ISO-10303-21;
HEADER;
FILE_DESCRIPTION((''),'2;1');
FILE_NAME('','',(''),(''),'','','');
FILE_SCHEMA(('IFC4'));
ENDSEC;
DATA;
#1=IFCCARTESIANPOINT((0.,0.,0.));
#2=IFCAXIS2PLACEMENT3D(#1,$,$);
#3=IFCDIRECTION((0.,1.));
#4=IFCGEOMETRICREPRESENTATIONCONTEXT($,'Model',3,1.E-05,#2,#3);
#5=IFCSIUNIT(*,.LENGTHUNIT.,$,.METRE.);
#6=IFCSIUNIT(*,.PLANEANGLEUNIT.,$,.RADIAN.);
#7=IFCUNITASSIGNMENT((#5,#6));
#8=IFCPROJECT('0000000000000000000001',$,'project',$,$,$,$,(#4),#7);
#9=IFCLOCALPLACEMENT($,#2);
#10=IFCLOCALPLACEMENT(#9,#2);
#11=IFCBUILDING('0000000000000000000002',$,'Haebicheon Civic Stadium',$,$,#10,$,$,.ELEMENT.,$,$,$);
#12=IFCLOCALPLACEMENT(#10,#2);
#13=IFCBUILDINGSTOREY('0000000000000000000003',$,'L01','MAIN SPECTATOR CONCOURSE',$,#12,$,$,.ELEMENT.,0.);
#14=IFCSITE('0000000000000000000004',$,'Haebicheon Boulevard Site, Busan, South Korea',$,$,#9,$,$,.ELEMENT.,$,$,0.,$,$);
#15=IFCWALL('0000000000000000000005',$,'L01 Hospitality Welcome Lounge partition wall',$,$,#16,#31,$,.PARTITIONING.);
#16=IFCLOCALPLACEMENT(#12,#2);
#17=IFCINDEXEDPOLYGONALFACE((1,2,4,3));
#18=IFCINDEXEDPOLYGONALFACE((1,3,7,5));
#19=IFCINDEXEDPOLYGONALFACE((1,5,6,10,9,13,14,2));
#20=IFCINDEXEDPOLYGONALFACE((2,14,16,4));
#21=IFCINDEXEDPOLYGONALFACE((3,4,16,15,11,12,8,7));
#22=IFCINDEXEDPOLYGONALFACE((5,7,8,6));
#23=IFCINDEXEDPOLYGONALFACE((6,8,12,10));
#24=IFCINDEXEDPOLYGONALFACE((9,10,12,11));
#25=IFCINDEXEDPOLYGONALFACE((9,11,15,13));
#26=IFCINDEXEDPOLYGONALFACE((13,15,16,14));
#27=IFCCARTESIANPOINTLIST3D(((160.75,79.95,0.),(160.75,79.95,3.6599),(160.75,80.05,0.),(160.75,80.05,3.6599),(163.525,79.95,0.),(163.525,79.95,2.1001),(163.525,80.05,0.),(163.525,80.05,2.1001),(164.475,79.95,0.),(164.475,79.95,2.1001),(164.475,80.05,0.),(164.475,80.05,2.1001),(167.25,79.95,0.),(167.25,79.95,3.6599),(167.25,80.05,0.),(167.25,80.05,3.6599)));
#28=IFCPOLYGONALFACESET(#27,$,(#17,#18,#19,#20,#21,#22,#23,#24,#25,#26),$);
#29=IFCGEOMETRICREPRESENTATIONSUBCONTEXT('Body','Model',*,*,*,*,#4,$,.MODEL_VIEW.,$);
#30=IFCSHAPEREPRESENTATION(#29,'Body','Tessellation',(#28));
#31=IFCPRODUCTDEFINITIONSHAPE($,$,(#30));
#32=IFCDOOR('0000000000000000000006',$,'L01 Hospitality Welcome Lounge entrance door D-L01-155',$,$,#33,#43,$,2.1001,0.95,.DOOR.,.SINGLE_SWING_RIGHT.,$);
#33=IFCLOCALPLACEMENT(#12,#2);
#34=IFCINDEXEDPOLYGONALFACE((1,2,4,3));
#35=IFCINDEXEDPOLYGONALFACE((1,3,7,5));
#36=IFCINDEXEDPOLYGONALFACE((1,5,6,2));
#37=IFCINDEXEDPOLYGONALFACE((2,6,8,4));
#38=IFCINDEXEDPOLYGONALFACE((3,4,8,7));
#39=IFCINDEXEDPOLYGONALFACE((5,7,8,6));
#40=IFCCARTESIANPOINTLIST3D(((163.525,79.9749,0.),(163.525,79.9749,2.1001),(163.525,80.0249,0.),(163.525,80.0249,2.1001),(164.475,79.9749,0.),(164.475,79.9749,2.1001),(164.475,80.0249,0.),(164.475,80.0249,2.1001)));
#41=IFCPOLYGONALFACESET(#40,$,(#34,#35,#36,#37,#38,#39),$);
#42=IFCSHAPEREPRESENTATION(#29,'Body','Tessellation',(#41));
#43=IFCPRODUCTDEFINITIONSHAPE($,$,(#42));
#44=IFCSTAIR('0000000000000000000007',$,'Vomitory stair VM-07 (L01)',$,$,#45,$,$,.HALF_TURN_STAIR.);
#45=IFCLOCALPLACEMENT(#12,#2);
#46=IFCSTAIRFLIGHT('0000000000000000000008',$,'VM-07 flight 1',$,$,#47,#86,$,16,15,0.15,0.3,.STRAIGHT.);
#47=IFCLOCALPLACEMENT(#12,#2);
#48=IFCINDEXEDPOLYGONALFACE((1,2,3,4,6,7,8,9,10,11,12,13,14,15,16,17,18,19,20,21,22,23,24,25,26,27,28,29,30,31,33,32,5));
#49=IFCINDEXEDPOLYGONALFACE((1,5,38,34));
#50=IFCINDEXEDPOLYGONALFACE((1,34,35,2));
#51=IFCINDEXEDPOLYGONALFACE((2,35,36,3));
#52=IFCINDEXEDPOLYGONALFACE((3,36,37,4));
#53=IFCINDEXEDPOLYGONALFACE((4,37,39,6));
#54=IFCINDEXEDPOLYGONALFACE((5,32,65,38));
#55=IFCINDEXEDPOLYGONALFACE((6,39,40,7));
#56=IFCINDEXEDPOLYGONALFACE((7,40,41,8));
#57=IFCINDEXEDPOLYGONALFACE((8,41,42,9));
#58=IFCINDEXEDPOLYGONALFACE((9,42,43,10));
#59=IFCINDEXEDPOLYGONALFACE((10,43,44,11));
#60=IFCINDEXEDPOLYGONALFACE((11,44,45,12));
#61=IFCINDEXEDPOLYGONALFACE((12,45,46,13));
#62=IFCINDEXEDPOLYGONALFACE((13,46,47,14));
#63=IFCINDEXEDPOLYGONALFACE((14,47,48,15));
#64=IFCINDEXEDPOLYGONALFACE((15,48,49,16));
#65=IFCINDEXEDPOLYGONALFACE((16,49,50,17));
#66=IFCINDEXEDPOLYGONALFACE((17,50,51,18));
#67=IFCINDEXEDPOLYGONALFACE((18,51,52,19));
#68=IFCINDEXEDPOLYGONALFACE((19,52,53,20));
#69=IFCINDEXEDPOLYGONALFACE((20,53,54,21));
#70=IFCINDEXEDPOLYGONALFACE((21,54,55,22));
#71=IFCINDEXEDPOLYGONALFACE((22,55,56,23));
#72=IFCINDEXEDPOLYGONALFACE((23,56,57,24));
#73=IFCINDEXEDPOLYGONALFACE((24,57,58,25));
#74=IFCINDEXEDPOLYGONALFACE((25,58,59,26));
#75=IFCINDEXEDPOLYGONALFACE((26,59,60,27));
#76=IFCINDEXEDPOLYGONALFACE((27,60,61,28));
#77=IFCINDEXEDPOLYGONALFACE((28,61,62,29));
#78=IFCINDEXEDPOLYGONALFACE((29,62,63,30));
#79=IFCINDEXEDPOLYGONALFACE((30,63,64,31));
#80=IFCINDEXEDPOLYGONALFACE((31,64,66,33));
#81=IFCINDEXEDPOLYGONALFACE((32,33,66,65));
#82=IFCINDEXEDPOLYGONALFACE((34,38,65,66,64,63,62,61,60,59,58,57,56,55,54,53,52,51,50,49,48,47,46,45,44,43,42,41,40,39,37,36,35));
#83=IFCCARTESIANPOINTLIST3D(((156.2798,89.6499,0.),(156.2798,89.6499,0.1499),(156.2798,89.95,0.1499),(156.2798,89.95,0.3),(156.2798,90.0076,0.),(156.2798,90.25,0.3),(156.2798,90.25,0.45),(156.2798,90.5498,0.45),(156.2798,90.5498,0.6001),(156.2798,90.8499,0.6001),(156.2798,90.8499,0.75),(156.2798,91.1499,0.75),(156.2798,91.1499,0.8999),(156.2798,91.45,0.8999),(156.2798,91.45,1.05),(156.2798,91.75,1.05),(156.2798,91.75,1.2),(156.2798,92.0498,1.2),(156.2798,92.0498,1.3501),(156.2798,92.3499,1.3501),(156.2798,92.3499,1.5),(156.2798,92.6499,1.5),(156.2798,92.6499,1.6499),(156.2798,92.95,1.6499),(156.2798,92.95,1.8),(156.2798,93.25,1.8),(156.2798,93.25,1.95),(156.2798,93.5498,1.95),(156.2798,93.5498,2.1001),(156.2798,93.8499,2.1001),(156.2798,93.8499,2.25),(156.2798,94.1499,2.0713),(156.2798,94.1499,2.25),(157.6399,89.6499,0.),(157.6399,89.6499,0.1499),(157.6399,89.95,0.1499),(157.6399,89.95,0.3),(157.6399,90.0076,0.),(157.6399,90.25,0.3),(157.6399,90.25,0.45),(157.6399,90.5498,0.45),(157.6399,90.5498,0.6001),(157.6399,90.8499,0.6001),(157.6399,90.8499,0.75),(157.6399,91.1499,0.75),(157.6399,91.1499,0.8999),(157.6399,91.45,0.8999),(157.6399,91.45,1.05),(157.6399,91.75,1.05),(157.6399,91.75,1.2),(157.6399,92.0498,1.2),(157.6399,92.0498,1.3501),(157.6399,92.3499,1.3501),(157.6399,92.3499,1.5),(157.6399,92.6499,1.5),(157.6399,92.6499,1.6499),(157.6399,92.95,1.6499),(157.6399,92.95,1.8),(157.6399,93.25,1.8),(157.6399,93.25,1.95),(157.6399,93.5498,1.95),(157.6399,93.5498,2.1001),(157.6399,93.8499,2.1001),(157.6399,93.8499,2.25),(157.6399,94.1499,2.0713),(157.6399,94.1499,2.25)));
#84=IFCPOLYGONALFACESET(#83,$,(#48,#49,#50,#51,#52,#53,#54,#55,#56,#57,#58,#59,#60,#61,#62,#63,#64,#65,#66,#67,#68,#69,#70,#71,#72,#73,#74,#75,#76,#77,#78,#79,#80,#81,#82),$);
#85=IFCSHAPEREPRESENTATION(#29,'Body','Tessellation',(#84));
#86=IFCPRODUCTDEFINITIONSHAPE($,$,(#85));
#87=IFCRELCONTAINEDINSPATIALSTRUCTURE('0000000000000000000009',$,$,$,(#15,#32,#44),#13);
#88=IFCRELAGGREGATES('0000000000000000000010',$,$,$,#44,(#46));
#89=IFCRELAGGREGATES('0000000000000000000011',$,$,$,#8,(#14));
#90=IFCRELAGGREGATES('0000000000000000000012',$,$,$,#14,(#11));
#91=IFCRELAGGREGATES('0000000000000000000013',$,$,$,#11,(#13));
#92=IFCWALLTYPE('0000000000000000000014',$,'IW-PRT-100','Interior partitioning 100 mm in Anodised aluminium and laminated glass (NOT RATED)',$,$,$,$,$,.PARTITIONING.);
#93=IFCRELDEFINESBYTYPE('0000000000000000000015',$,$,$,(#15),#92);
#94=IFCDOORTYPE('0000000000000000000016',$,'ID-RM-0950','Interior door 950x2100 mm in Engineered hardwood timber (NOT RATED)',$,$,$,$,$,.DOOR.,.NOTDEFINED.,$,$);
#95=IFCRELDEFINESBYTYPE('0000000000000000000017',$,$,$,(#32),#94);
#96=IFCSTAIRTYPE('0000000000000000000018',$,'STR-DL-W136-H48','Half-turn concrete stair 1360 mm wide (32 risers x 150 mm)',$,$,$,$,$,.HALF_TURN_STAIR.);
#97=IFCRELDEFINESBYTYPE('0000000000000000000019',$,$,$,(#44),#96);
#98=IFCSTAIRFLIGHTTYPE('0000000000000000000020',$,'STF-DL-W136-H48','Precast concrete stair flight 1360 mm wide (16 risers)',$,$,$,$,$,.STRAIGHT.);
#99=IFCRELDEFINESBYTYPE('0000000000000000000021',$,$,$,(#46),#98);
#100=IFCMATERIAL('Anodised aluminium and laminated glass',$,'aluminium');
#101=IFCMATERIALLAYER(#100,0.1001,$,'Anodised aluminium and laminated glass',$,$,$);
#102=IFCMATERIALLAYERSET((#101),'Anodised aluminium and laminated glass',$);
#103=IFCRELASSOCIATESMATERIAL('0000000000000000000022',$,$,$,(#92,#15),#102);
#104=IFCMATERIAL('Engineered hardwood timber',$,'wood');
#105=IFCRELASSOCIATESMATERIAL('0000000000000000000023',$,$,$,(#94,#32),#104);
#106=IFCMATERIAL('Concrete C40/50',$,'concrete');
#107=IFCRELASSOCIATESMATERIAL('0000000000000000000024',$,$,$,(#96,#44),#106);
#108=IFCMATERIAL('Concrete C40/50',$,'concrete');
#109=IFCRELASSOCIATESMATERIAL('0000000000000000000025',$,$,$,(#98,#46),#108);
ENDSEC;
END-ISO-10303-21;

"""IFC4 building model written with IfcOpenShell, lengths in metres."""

from ifc_helpers import new_model, si_unit, direction, frame, frame_2d, origin, place, context, subcontext, project, spatial, polyline, rectangle, outline, extrude, material, layer, layer_set, type_object, element, fill, aggregate, save


model = new_model("IFC4")

# Units and contexts
model_context = context("Model", 3, precision=1e-05, world=origin(), true_north=direction((0.0, 1.0)))
body_context = subcontext(model_context, "Body", "Model", "MODEL_VIEW")
ifc_project = project(units=[si_unit("LENGTHUNIT", "METRE"), si_unit("PLANEANGLEUNIT", "RADIAN")], contexts=[model_context])

# Site, building, storey
site_placement = place(None, origin())
site = spatial("IfcSite", under=ifc_project, at=site_placement, Name="Haebicheon Boulevard Site, Busan, South Korea", CompositionType="ELEMENT", RefElevation=0.0)
building_placement = place(site_placement, origin())
building = spatial("IfcBuilding", under=site, at=building_placement, Name="Haebicheon Civic Stadium", CompositionType="ELEMENT")
storey_placement = place(building_placement, origin())
storey = spatial("IfcBuildingStorey", under=building, at=storey_placement, Name="L01", Description="MAIN SPECTATOR CONCOURSE", CompositionType="ELEMENT", Elevation=0.0)

# Wall, opening, door
ifc_material_1 = material(Name="Anodised aluminium and laminated glass", Category="aluminium")
ifc_layer_1 = layer(ifc_material_1, 0.1001, Name="Anodised aluminium and laminated glass")
ifc_layer_set_1 = layer_set([ifc_layer_1], Name="Anodised aluminium and laminated glass")
wall_type = type_object("IfcWallType", Name="IW-PRT-100", Description="Interior partitioning 100 mm in Anodised aluminium and laminated glass (NOT RATED)", PredefinedType="PARTITIONING", material=ifc_layer_set_1)
wall_placement = place(storey_placement, frame((160.75, 80.0, 0.0), z_axis=(0.0, 0.0, 1.0), x_axis=(1.0, 0.0, 0.0)))
wall = element("IfcWall", 1, at=wall_placement, inside=storey, type_object=wall_type, material=ifc_layer_set_1, Name="L01 Hospitality Welcome Lounge partition wall", PredefinedType="PARTITIONING", context=body_context, shape_type="SweptSolid", body=[
    extrude(rectangle(XDim=6.5, YDim=0.1001, at=frame_2d((3.25, 0.0))), origin(), (0.0, 0.0, 1.0), 3.6599),
])
opening_placement = place(wall_placement, frame((2.7749, 0.0, 0.0)))
opening = element("IfcOpeningElement", 2, at=opening_placement, cuts=wall, PredefinedType="OPENING", context=body_context, shape_type="SweptSolid", body=[
    extrude(rectangle(XDim=0.95, YDim=2.1001, at=frame_2d((0.4751, 1.05))), frame((0.0, 0.0601, 0.0), z_axis=(0.0, -1.0, 0.0), x_axis=(1.0, 0.0, 0.0)), (0.0, 0.0, 1.0), 0.1201),
])
ifc_material_2 = material(Name="Engineered hardwood timber", Category="wood")
door_type = type_object("IfcDoorType", Name="ID-RM-0950", Description="Interior door 950x2100 mm in Engineered hardwood timber (NOT RATED)", OperationType="NOTDEFINED", PredefinedType="DOOR", material=ifc_material_2)
door_placement = place(opening_placement, origin())
door = element("IfcDoor", 3, at=door_placement, inside=storey, type_object=door_type, material=ifc_material_2, Name="L01 Hospitality Welcome Lounge entrance door D-L01-155", OperationType="SINGLE_SWING_RIGHT", OverallHeight=2.1001, OverallWidth=0.95, PredefinedType="DOOR", context=body_context, shape_type="SweptSolid", body=[
    extrude(rectangle(XDim=0.95, YDim=2.1001, at=frame_2d((0.4751, 1.05))), frame((0.0, 0.0249, 0.0), z_axis=(0.0, -1.0, 0.0), x_axis=(1.0, 0.0, 0.0)), (0.0, 0.0, 1.0), 0.05),
])
fill(opening, door)

# Stair, stair flight
ifc_material_3 = material(Name="Concrete C40/50", Category="concrete")
stair_type = type_object("IfcStairType", Name="STR-DL-W136-H48", Description="Half-turn concrete stair 1360 mm wide (32 risers x 150 mm)", PredefinedType="HALF_TURN_STAIR", material=ifc_material_3)
stair_placement = place(storey_placement, origin())
stair = element("IfcStair", 4, at=stair_placement, inside=storey, type_object=stair_type, material=ifc_material_3, Name="Vomitory stair VM-07 (L01)", PredefinedType="HALF_TURN_STAIR")
ifc_material_4 = material(Name="Concrete C40/50", Category="concrete")
stair_flight_type = type_object("IfcStairFlightType", Name="STF-DL-W136-H48", Description="Precast concrete stair flight 1360 mm wide (16 risers)", PredefinedType="STRAIGHT", material=ifc_material_4)
stair_flight_placement = place(storey_placement, frame((156.96, 89.6499, 0.0), z_axis=(0.0, 0.0, 1.0), x_axis=(0.0, 1.0, 0.0)))
stair_flight = element("IfcStairFlight", 5, at=stair_flight_placement, type_object=stair_flight_type, material=ifc_material_4, Name="VM-07 flight 1", NumberOfRisers=16, NumberOfTreads=15, PredefinedType="STRAIGHT", RiserHeight=0.15, TreadLength=0.3, context=body_context, shape_type="SweptSolid", body=[
    extrude(outline(polyline([(0.0, 0.0), (0.0, 0.1499), (0.3, 0.1499), (0.3, 0.3), (0.6001, 0.3), (0.6001, 0.45), (0.8999, 0.45), (0.8999, 0.6001), (1.2, 0.6001), (1.2, 0.75), (1.5, 0.75), (1.5, 0.8999), (1.8, 0.8999), (1.8, 1.05), (2.1001, 1.05), (2.1001, 1.2), (2.3999, 1.2), (2.3999, 1.3501), (2.7, 1.3501), (2.7, 1.5), (3.0, 1.5), (3.0, 1.6499), (3.3, 1.6499), (3.3, 1.8), (3.6001, 1.8), (3.6001, 1.95), (3.8999, 1.95), (3.8999, 2.1001), (4.2, 2.1001), (4.2, 2.25), (4.5, 2.25), (4.5, 2.3999), (4.5, 2.0713), (0.3577, 0.0), (0.0, 0.0)])), frame((0.0, 0.6802, 0.0), z_axis=(0.0, -1.0, 0.0), x_axis=(1.0, 0.0, 0.0)), (0.0, 0.0, 1.0), 1.3601),
])
aggregate(stair, [stair_flight])

save(model, "model.ifc")
